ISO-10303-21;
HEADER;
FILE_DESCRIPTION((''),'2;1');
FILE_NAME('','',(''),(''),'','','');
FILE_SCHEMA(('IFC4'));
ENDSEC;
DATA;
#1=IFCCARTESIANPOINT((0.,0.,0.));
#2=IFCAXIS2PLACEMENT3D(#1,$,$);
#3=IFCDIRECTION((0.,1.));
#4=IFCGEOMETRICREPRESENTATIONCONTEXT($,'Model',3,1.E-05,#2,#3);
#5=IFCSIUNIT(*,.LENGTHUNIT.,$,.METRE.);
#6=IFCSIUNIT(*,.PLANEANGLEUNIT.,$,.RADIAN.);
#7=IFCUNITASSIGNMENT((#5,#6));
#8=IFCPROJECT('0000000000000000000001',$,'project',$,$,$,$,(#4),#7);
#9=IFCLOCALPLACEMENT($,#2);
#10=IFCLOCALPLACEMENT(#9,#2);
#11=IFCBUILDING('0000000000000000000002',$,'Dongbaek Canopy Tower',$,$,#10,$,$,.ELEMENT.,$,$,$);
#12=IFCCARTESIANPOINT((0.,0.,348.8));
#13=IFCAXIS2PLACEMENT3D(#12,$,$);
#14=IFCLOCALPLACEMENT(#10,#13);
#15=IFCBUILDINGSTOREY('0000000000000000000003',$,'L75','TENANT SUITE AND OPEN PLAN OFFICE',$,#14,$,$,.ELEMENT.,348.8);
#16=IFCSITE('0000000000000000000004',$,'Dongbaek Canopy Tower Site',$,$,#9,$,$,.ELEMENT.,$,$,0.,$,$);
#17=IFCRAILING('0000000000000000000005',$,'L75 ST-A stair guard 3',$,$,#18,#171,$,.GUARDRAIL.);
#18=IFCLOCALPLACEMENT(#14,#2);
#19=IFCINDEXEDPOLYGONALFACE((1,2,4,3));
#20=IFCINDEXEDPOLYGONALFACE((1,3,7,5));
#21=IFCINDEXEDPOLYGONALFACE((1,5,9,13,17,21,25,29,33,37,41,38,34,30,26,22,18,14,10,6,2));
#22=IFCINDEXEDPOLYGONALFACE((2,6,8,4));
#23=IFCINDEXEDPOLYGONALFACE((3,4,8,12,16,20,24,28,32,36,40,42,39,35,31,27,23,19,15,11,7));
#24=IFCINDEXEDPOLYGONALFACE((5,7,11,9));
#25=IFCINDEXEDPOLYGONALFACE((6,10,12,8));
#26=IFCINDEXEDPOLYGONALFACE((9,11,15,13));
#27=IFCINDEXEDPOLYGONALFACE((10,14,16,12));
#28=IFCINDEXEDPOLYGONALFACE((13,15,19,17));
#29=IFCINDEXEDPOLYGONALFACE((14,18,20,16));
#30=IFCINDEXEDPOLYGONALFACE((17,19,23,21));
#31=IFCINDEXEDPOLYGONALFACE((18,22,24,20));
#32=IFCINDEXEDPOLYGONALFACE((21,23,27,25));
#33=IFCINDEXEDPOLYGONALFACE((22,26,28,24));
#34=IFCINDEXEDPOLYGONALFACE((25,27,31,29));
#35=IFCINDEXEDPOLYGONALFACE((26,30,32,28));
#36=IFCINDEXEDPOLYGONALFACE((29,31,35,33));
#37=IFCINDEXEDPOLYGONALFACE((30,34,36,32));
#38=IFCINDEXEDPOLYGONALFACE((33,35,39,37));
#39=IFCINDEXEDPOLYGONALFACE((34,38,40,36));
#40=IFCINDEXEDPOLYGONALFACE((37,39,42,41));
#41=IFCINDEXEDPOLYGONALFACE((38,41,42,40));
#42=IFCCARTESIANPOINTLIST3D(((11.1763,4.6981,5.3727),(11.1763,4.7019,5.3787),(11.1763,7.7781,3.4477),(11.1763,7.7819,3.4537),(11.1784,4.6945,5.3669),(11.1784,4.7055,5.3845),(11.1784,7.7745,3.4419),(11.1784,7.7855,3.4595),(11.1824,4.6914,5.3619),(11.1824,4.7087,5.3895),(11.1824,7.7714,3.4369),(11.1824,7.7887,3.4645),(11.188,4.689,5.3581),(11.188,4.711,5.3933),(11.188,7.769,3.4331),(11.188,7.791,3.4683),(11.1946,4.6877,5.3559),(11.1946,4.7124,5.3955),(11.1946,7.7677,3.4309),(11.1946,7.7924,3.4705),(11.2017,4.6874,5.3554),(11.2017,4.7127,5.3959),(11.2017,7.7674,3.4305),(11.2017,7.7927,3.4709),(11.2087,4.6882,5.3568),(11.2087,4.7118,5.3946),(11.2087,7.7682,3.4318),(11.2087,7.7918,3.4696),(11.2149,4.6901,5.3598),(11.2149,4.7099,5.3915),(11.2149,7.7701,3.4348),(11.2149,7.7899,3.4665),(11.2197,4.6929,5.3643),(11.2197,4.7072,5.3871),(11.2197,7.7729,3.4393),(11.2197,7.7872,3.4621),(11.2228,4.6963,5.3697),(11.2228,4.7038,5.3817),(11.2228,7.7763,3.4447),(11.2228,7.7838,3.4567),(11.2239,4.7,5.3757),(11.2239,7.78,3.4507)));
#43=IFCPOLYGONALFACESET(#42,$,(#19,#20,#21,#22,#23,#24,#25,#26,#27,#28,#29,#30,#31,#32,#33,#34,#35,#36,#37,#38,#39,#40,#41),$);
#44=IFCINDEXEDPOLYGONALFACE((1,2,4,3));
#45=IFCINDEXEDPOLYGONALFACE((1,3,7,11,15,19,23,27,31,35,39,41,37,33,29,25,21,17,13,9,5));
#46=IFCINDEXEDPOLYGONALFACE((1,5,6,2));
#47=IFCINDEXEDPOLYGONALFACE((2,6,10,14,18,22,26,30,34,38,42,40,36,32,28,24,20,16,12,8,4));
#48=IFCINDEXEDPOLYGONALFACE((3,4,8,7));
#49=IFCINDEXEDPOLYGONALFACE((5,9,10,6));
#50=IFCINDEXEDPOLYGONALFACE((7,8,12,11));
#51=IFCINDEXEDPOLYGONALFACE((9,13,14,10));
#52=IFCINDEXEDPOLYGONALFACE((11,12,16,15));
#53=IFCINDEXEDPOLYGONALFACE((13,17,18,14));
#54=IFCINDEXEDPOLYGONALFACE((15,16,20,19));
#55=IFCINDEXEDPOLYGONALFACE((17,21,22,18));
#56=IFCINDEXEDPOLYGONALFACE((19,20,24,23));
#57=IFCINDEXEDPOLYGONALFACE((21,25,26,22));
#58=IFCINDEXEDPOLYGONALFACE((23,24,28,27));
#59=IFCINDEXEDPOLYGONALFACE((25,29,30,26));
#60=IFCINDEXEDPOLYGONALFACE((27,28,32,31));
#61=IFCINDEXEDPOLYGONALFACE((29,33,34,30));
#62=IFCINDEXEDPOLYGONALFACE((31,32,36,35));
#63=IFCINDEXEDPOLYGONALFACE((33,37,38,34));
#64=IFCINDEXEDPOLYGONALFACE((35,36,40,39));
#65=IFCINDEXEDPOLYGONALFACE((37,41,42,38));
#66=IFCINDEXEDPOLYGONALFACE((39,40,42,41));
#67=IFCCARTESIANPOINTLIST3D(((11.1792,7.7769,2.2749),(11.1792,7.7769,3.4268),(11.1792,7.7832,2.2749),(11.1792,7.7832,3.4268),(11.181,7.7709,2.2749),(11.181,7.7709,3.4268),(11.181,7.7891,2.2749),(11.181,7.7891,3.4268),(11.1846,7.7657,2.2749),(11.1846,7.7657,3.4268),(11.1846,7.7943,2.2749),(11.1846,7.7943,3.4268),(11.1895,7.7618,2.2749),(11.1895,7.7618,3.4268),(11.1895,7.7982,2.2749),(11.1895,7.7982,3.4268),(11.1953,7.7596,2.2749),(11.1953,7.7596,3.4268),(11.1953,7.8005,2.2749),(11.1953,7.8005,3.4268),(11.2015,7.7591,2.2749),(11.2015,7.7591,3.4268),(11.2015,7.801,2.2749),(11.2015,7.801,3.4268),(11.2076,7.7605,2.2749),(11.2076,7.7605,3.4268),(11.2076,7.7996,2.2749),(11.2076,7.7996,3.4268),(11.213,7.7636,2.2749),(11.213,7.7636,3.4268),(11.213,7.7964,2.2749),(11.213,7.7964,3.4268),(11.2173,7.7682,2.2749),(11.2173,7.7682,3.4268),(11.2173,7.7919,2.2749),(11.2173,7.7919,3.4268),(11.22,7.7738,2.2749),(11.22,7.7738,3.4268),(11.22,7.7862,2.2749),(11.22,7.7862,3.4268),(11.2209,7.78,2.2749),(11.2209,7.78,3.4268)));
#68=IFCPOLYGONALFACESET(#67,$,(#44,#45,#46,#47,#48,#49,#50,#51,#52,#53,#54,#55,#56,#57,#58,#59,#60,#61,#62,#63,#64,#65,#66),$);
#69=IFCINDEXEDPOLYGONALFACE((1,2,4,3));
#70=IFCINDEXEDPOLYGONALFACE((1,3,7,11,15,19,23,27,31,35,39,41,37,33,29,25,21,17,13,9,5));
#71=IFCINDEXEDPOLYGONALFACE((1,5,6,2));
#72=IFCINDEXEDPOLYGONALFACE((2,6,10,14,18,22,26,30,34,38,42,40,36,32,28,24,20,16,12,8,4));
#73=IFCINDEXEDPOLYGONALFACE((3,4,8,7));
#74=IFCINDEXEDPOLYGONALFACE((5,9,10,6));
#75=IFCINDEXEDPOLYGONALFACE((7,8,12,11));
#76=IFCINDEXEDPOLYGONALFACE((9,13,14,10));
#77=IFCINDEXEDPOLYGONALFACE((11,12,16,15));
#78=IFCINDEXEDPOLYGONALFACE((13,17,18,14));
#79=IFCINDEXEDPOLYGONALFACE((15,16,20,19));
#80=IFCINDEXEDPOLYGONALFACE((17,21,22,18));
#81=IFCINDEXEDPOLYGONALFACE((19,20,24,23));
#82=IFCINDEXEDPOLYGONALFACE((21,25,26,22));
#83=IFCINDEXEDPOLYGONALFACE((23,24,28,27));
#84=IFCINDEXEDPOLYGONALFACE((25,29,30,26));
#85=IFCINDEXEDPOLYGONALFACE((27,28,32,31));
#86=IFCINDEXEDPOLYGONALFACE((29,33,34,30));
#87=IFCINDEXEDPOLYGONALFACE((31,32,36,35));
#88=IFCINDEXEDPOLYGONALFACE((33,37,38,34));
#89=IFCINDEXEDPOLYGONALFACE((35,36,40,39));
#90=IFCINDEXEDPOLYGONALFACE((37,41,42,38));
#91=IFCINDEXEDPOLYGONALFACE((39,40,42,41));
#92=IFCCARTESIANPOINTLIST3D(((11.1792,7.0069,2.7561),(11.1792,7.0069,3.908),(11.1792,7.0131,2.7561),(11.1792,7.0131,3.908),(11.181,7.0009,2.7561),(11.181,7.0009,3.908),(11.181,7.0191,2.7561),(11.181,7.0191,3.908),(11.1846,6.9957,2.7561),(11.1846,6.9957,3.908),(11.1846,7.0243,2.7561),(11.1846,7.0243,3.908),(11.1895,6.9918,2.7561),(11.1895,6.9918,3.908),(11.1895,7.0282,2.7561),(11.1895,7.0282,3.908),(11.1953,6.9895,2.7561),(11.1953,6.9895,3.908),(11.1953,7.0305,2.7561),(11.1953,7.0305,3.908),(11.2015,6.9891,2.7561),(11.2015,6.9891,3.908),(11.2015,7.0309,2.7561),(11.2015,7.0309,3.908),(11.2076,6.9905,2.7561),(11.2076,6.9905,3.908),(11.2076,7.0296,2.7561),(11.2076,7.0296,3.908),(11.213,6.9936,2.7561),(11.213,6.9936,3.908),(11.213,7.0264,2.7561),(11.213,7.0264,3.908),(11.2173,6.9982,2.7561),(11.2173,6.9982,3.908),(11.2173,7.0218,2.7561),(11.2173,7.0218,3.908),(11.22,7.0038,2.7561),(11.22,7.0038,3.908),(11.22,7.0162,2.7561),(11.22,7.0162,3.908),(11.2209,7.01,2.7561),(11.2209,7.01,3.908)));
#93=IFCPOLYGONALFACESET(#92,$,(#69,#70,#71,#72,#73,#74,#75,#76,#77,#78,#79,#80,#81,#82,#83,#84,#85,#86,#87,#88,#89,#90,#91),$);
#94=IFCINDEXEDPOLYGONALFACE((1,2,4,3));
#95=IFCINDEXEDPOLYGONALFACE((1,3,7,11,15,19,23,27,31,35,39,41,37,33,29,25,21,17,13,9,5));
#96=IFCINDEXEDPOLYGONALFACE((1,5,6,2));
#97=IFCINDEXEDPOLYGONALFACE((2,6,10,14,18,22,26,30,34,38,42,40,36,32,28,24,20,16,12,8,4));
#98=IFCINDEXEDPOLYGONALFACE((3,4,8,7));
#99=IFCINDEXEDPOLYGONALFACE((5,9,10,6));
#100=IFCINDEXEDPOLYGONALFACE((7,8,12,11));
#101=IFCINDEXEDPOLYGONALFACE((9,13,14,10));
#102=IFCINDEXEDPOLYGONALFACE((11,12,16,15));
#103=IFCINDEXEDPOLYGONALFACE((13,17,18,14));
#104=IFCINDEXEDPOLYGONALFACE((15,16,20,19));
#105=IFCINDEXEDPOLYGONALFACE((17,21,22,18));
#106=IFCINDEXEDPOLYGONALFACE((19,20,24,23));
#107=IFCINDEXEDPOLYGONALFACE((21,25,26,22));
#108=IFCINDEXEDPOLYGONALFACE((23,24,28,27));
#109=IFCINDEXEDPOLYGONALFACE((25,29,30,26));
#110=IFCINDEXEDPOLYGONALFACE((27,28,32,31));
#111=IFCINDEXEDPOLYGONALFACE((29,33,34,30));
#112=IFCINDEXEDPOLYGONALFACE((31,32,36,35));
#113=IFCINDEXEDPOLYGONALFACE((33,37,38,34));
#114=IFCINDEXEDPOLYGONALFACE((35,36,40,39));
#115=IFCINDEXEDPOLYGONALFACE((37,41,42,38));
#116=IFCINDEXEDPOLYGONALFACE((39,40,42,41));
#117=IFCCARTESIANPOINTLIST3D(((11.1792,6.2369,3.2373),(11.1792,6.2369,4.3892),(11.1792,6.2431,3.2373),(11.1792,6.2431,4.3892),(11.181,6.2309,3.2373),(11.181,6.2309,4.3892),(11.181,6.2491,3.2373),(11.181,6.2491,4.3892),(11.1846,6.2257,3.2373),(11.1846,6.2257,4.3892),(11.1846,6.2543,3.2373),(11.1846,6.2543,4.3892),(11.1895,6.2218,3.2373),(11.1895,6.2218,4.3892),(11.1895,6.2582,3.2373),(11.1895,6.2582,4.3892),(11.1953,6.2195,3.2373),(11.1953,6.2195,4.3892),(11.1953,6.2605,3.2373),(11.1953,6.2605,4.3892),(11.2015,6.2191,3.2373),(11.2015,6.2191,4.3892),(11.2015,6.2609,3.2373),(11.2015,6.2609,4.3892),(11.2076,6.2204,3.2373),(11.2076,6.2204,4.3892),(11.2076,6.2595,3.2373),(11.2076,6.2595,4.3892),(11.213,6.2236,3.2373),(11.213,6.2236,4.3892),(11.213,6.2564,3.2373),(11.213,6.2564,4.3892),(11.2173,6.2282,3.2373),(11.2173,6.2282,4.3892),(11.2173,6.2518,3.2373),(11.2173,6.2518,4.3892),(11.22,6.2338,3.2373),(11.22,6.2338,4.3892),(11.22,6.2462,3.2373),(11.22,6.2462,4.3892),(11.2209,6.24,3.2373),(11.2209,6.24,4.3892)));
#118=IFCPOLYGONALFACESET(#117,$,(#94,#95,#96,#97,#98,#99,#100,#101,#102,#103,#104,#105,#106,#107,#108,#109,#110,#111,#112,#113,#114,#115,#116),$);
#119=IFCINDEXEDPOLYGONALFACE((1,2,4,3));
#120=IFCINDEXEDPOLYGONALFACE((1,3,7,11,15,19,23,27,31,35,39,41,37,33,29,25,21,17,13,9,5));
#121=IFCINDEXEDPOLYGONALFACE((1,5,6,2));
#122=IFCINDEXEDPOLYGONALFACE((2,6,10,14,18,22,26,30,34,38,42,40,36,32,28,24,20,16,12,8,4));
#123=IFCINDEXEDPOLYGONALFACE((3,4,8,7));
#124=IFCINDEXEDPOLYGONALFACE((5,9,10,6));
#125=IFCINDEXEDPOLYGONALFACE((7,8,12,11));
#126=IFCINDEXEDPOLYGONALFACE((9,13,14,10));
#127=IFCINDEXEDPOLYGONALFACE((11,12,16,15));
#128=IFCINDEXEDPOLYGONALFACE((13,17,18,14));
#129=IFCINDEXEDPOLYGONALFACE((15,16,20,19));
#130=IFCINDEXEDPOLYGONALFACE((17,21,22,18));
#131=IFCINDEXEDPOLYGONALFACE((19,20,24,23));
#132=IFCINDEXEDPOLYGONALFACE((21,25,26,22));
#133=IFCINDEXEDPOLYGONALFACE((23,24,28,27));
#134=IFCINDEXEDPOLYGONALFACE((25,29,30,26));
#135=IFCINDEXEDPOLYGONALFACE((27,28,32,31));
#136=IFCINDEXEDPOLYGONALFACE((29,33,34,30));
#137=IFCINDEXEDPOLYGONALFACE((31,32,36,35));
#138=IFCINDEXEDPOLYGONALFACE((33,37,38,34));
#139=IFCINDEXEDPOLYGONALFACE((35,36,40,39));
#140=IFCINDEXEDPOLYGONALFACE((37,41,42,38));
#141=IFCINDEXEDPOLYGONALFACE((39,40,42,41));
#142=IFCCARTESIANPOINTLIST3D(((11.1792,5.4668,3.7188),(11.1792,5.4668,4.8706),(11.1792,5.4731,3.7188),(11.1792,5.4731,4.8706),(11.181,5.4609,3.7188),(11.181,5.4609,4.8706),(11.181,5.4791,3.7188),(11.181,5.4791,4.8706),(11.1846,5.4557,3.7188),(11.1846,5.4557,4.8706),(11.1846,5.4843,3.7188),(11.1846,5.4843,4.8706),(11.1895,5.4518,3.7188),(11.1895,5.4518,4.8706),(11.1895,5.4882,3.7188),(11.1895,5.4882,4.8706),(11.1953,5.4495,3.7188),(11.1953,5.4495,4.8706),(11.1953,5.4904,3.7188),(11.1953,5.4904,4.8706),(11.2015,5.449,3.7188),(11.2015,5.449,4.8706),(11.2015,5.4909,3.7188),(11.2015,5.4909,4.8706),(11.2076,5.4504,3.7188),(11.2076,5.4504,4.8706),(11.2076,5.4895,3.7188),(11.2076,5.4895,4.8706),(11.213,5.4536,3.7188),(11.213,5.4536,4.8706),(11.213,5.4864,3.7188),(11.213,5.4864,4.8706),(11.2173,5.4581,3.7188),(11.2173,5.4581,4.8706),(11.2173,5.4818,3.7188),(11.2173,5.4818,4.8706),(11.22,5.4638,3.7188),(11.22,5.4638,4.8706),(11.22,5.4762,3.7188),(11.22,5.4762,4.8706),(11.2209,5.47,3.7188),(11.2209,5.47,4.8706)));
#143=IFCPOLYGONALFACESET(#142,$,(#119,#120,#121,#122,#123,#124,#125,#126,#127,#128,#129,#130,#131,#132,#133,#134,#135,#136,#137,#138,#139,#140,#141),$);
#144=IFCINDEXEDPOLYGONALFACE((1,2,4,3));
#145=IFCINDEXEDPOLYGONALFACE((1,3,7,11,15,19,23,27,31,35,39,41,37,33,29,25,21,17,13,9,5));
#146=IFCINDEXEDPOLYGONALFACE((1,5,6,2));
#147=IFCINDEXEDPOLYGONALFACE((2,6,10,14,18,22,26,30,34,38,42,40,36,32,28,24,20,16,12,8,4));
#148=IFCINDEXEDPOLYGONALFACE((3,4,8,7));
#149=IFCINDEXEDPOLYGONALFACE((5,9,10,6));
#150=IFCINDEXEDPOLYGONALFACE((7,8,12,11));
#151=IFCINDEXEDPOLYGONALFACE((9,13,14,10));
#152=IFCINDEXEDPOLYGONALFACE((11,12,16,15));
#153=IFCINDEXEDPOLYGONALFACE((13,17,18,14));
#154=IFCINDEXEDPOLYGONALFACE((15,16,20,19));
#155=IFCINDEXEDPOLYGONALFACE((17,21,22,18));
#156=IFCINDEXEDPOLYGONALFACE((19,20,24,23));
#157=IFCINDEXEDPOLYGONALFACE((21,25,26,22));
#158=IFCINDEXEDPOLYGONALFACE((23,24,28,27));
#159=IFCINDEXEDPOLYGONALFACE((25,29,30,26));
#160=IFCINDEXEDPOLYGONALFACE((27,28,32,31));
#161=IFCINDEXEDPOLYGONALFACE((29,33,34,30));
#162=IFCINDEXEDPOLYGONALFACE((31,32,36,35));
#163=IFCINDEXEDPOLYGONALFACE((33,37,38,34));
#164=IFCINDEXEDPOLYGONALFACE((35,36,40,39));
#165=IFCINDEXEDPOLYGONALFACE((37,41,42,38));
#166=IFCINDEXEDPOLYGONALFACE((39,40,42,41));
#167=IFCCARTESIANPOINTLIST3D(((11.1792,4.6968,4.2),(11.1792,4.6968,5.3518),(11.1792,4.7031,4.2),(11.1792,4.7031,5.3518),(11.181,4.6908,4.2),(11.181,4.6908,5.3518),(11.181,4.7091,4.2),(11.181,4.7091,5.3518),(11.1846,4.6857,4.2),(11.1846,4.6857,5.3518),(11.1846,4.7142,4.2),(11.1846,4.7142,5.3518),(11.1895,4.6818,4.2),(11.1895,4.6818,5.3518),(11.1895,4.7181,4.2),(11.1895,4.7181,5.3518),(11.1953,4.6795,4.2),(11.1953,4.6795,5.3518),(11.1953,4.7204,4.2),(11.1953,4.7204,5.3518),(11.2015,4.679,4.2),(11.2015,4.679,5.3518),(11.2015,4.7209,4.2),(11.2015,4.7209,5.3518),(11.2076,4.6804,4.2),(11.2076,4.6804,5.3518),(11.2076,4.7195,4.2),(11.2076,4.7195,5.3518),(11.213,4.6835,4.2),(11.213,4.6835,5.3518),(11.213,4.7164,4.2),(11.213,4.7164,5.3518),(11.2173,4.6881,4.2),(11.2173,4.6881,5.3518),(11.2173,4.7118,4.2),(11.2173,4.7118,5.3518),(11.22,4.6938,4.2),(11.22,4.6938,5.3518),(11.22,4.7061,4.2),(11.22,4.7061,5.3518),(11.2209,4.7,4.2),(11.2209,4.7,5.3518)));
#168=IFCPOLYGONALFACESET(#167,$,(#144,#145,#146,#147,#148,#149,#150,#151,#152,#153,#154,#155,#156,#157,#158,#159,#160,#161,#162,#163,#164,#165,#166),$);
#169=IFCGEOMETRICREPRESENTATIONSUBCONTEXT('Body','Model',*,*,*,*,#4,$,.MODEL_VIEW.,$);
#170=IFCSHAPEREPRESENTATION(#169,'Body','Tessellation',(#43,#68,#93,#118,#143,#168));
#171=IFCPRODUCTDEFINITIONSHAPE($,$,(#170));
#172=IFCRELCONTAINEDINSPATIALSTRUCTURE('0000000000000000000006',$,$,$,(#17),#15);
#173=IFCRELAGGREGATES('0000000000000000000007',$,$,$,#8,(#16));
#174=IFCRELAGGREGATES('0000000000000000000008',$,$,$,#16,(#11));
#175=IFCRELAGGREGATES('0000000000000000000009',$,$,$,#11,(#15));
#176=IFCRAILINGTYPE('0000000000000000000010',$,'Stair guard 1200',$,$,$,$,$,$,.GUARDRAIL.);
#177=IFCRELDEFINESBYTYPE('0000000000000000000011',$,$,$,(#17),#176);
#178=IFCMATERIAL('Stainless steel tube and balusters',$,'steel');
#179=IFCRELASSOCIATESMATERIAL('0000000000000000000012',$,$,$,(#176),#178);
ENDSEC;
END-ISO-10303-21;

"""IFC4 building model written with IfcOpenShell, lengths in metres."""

from ifc_helpers import new_model, si_unit, direction, frame, origin, origin_2d, place, context, subcontext, project, spatial, circle, extrude, material, type_object, element, save


model = new_model("IFC4")

# Units and contexts
model_context = context("Model", 3, precision=1e-05, world=origin(), true_north=direction((0.0, 1.0)))
body_context = subcontext(model_context, "Body", "Model", "MODEL_VIEW")
ifc_project = project(units=[si_unit("LENGTHUNIT", "METRE"), si_unit("PLANEANGLEUNIT", "RADIAN")], contexts=[model_context])

# Site, building, storey
site_placement = place(None, origin())
site = spatial("IfcSite", under=ifc_project, at=site_placement, Name="Dongbaek Canopy Tower Site", CompositionType="ELEMENT", RefElevation=0.0)
building_placement = place(site_placement, origin())
building = spatial("IfcBuilding", under=site, at=building_placement, Name="Dongbaek Canopy Tower", CompositionType="ELEMENT")
storey_placement = place(building_placement, frame((0.0, 0.0, 348.8)))
storey = spatial("IfcBuildingStorey", under=building, at=storey_placement, Name="L75", Description="TENANT SUITE AND OPEN PLAN OFFICE", CompositionType="ELEMENT", Elevation=348.8)

# Railing
ifc_material_1 = material(Name="Stainless steel tube and balusters", Category="steel")
railing_type_1 = type_object("IfcRailingType", Name="Stair guard 1200", PredefinedType="GUARDRAIL", material=ifc_material_1)
railing_1_placement = place(storey_placement, frame((11.2, 7.78, 2.2749)))
element("IfcRailing", 1, at=railing_1_placement, inside=storey, type_object=railing_type_1, Name="L75 ST-A stair guard 3", PredefinedType="GUARDRAIL", context=body_context, shape_type="SweptSolid", body=[
    extrude(circle(Radius=0.0239, at=origin_2d()), frame((0.0, 0.0, 1.1758), z_axis=(0.0, -0.847998, 0.529999), x_axis=(1.0, 0.0, 0.0)), (0.0, 0.0, 1.0), 3.6321),
    extrude(circle(Radius=0.021, at=origin_2d()), origin(), (0.0, 0.0, 1.0), 1.1519),
    extrude(circle(Radius=0.021, at=origin_2d()), frame((0.0, -0.77, 0.4812)), (0.0, 0.0, 1.0), 1.1519),
    extrude(circle(Radius=0.021, at=origin_2d()), frame((0.0, -1.54, 0.9624)), (0.0, 0.0, 1.0), 1.1519),
    extrude(circle(Radius=0.021, at=origin_2d()), frame((0.0, -2.3101, 1.4438)), (0.0, 0.0, 1.0), 1.1519),
    extrude(circle(Radius=0.021, at=origin_2d()), frame((0.0, -3.0801, 1.925)), (0.0, 0.0, 1.0), 1.1519),
])

save(model, "model.ifc")
